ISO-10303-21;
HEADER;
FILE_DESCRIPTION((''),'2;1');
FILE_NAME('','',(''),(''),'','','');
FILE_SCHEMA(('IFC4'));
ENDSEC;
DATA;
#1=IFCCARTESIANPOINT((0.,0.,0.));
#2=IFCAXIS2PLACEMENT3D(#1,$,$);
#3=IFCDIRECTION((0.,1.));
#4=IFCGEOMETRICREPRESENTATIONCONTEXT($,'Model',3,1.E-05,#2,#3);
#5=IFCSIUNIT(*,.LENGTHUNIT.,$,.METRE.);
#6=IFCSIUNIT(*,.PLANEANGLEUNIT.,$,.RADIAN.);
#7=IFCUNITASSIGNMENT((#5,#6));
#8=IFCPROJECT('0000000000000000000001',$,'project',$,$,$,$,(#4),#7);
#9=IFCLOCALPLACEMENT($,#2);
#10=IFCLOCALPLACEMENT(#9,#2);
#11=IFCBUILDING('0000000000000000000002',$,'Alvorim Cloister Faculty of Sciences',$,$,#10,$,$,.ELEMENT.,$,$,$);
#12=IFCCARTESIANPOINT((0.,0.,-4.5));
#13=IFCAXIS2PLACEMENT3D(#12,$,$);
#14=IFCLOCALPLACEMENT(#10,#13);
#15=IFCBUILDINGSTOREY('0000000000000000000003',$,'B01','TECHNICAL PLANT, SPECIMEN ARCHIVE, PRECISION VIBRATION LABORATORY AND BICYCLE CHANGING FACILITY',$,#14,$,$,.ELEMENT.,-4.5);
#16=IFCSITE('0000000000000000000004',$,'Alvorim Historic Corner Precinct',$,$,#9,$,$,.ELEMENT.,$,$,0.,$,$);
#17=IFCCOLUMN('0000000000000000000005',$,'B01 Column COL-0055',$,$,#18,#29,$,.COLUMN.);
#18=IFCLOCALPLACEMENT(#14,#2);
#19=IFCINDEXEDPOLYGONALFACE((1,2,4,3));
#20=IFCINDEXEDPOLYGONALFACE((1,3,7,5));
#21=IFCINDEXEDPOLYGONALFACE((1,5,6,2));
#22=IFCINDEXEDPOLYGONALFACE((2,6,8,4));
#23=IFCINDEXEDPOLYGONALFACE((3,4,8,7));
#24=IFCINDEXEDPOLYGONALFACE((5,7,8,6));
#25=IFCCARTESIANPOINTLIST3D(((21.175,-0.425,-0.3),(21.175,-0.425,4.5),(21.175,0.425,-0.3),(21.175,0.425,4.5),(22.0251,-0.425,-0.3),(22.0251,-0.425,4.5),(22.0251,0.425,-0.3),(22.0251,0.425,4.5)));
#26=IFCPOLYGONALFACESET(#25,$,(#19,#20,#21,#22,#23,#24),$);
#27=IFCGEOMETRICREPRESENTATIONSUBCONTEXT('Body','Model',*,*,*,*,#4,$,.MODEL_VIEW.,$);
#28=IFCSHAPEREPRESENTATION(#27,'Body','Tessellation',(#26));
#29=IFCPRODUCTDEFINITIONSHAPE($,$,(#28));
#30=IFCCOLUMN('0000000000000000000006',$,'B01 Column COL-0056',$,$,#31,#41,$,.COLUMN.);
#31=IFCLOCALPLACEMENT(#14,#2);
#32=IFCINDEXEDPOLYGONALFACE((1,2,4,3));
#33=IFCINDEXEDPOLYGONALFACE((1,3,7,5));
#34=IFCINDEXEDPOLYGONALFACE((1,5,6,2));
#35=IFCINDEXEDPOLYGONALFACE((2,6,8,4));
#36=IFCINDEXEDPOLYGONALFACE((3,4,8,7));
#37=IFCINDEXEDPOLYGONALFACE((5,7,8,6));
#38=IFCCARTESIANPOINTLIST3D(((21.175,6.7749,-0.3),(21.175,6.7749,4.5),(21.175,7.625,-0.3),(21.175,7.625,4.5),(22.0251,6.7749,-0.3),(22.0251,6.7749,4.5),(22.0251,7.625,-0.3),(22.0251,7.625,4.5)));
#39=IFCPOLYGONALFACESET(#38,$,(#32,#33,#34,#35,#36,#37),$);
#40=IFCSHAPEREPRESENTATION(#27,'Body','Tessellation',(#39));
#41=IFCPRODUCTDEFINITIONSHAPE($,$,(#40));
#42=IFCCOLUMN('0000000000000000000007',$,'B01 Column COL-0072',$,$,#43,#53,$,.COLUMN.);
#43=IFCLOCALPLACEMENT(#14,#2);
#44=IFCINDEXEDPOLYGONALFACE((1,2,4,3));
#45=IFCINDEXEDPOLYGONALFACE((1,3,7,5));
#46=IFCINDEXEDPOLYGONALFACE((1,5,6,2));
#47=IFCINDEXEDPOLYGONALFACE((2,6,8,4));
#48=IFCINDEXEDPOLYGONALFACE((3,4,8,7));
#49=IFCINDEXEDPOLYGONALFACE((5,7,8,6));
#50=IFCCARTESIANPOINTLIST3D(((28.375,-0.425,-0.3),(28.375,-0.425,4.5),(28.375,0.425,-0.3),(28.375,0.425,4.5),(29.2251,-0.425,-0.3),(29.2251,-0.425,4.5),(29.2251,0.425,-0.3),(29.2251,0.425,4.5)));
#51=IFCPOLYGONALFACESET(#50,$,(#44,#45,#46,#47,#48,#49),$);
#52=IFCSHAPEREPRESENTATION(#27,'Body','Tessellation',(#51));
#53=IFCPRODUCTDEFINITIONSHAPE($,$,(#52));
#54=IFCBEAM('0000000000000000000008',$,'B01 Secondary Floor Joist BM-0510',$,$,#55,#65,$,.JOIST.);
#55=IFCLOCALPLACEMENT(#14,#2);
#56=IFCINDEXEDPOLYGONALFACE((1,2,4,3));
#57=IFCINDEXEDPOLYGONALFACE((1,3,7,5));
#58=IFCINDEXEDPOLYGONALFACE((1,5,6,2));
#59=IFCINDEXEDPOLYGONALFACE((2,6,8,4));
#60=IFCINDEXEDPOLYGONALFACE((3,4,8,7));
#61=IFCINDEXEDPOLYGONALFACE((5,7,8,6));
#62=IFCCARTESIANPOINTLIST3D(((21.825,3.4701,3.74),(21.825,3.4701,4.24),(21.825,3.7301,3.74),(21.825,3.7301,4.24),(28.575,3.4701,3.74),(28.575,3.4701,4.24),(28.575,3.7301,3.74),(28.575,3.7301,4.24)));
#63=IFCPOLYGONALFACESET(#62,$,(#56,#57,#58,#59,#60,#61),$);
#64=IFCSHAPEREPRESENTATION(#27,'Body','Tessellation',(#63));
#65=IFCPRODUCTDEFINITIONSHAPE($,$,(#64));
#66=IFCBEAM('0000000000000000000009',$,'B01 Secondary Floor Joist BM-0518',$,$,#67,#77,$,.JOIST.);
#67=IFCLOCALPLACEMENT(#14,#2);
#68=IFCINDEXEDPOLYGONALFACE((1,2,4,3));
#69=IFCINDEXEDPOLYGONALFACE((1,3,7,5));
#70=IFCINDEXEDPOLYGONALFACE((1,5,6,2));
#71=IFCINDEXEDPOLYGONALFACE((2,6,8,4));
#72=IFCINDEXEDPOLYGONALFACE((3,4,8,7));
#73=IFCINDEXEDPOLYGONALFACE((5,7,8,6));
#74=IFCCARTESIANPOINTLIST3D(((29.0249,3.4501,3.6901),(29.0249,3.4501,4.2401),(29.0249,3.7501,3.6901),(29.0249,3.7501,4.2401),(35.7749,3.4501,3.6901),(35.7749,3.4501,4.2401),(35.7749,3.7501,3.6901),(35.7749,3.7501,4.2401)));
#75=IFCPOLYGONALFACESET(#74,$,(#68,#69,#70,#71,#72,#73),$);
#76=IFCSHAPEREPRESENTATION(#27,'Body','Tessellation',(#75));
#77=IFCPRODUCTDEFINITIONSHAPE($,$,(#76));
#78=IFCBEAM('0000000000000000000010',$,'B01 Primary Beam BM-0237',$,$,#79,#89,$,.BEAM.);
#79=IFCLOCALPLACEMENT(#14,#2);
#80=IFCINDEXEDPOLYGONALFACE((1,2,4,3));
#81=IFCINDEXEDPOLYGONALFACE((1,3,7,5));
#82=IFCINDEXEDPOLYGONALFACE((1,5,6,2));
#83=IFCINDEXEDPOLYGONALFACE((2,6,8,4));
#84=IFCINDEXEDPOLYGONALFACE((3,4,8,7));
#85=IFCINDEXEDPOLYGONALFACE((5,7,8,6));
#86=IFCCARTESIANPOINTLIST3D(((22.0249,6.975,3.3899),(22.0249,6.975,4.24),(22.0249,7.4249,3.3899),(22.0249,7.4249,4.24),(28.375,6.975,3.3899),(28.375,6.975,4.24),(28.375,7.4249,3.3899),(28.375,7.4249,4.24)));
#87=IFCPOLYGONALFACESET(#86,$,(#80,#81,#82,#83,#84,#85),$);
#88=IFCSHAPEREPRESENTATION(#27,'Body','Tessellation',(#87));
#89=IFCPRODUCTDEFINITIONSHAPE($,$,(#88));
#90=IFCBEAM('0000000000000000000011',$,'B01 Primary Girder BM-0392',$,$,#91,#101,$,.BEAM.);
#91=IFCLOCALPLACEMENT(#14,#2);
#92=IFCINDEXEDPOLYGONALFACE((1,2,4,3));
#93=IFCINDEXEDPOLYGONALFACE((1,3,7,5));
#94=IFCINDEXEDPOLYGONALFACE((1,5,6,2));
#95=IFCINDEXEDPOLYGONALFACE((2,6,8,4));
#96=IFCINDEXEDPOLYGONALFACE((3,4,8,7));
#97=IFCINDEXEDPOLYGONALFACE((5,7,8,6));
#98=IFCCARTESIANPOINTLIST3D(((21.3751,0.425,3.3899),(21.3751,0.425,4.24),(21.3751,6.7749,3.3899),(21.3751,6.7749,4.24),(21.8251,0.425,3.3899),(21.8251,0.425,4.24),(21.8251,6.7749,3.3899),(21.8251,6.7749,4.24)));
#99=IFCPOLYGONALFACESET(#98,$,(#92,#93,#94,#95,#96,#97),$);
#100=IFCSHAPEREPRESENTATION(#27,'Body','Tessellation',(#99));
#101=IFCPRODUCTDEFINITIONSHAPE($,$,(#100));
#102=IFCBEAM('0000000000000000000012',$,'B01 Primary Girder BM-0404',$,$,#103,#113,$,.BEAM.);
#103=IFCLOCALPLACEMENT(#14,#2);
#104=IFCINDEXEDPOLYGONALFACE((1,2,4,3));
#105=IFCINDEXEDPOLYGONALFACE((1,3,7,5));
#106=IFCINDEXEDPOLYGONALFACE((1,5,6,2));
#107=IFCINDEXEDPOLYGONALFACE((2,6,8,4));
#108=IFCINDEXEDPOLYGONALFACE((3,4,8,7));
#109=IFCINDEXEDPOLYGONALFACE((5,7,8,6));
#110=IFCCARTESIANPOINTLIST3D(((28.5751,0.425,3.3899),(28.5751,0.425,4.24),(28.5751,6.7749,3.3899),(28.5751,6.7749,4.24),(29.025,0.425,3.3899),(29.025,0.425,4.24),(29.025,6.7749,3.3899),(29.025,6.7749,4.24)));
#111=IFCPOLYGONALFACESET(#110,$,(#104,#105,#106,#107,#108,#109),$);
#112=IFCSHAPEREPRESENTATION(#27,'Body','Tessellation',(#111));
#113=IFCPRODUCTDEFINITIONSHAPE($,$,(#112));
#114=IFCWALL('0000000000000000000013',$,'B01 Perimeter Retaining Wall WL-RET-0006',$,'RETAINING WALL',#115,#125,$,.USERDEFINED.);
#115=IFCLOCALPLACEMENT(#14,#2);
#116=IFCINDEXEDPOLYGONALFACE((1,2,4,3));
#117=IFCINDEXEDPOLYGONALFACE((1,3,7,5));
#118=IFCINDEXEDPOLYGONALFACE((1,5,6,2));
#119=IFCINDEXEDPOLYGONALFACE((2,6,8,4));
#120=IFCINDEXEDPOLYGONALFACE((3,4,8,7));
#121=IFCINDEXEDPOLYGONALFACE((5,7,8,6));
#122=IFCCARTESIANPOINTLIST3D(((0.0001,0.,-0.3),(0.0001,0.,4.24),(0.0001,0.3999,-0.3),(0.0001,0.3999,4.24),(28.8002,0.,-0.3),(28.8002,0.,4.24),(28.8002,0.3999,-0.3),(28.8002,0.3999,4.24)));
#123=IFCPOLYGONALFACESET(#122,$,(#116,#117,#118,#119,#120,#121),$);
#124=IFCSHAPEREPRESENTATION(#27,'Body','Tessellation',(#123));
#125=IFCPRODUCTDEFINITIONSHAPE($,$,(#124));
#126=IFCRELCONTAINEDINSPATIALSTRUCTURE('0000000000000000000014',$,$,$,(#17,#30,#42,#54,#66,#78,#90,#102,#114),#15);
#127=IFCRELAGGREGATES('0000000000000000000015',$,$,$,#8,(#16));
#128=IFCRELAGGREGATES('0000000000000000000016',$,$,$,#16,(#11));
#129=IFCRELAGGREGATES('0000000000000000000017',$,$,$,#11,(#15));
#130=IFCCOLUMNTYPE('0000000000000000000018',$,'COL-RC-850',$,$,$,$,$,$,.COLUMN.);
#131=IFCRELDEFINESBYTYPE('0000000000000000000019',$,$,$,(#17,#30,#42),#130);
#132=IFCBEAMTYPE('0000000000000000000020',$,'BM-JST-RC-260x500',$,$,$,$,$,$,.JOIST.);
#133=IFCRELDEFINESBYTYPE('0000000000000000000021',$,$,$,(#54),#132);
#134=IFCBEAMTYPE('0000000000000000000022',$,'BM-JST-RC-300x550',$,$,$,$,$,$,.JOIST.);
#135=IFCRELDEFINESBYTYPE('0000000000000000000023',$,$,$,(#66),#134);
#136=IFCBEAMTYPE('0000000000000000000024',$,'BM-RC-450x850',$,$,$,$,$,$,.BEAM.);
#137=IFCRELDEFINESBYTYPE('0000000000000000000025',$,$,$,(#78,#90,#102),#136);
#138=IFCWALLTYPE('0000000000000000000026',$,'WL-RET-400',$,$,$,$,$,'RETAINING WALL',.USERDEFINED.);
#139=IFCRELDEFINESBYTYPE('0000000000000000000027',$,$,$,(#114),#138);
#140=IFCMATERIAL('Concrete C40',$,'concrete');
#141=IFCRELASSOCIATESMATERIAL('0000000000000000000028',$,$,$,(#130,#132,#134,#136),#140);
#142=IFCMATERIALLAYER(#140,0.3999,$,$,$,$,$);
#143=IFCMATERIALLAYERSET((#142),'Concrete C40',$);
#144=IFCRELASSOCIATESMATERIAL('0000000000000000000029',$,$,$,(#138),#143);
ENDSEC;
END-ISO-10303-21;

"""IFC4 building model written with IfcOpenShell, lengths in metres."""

from ifc_helpers import new_model, si_unit, direction, frame, frame_2d, origin, origin_2d, place, context, subcontext, project, spatial, rectangle, extrude, material, layer, layer_set, material_profile, profile_set, type_object, element, save


model = new_model("IFC4")

# Units and contexts
model_context = context("Model", 3, precision=1e-05, world=origin(), true_north=direction((0.0, 1.0)))
body_context = subcontext(model_context, "Body", "Model", "MODEL_VIEW")
ifc_project = project(units=[si_unit("LENGTHUNIT", "METRE"), si_unit("PLANEANGLEUNIT", "RADIAN")], contexts=[model_context])

# Site, building, storey
site_placement = place(None, origin())
site = spatial("IfcSite", under=ifc_project, at=site_placement, Name="Alvorim Historic Corner Precinct", CompositionType="ELEMENT", RefElevation=0.0)
building_placement = place(site_placement, origin())
building = spatial("IfcBuilding", under=site, at=building_placement, Name="Alvorim Cloister Faculty of Sciences", CompositionType="ELEMENT")
storey_placement = place(building_placement, frame((0.0, 0.0, -4.5)))
storey = spatial("IfcBuildingStorey", under=building, at=storey_placement, Name="B01", Description="TECHNICAL PLANT, SPECIMEN ARCHIVE, PRECISION VIBRATION LABORATORY AND BICYCLE CHANGING FACILITY", CompositionType="ELEMENT", Elevation=-4.5)

# Shared definitions
ifc_material_1 = material(Name="Concrete C40", Category="concrete")

# Columns
ifc_material_profile_1 = material_profile(ifc_material_1, rectangle(XDim=0.8501, YDim=0.8501, at=origin_2d()), Name="RC40-COL-850x850")
ifc_profile_set_1 = profile_set([ifc_material_profile_1], Name="Concrete C40")
column_type = type_object("IfcColumnType", Name="COL-RC-850", PredefinedType="COLUMN", material=ifc_profile_set_1)
for number, where, z_axis, x_axis, name in (
    (1, (21.6001, 0.0, -0.3), (0.0, 0.0, 1.0), (1.0, 0.0, 0.0), "B01 Column COL-0055"),
    (2, (21.6001, 7.2, -0.3), (0.0, 0.0, 1.0), (1.0, 0.0, 0.0), "B01 Column COL-0056"),
    (3, (28.8, 0.0, -0.3), (0.0, 0.0, 1.0), (1.0, 0.0, 0.0), "B01 Column COL-0072"),
):
    element("IfcColumn", number, at=place(storey_placement, frame(where, z_axis=z_axis, x_axis=x_axis)), inside=storey, type_object=column_type, Name=name, PredefinedType="COLUMN", context=body_context, shape_type="SweptSolid", body=[
        extrude(rectangle(XDim=0.8501, YDim=0.8501, at=origin_2d()), origin(), (0.0, 0.0, 1.0), 4.8),
    ])

# Beams
ifc_material_profile_2 = material_profile(ifc_material_1, rectangle(XDim=0.26, YDim=0.5, at=origin_2d()), Name="RC40-JST-260x500")
ifc_profile_set_2 = profile_set([ifc_material_profile_2], Name="Concrete C40")
beam_type_1 = type_object("IfcBeamType", Name="BM-JST-RC-260x500", PredefinedType="JOIST", material=ifc_profile_set_2)
beam_1_placement = place(storey_placement, frame((21.825, 3.6001, 3.99), z_axis=(1.0, 0.0, 0.0), x_axis=(0.0, 1.0, 0.0)))
element("IfcBeam", 4, at=beam_1_placement, inside=storey, type_object=beam_type_1, Name="B01 Secondary Floor Joist BM-0510", PredefinedType="JOIST", context=body_context, shape_type="SweptSolid", body=[
    extrude(rectangle(XDim=0.26, YDim=0.5, at=origin_2d()), origin(), (0.0, 0.0, 1.0), 6.75),
])
ifc_material_profile_3 = material_profile(ifc_material_1, rectangle(XDim=0.3, YDim=0.55, at=origin_2d()), Name="RC40-JST-300x550")
ifc_profile_set_3 = profile_set([ifc_material_profile_3], Name="Concrete C40")
beam_type_2 = type_object("IfcBeamType", Name="BM-JST-RC-300x550", PredefinedType="JOIST", material=ifc_profile_set_3)
beam_2_placement = place(storey_placement, frame((29.0249, 3.6001, 3.9651), z_axis=(1.0, 0.0, 0.0), x_axis=(0.0, 1.0, 0.0)))
element("IfcBeam", 5, at=beam_2_placement, inside=storey, type_object=beam_type_2, Name="B01 Secondary Floor Joist BM-0518", PredefinedType="JOIST", context=body_context, shape_type="SweptSolid", body=[
    extrude(rectangle(XDim=0.3, YDim=0.55, at=origin_2d()), origin(), (0.0, 0.0, 1.0), 6.75),
])
ifc_material_profile_4 = material_profile(ifc_material_1, rectangle(XDim=0.45, YDim=0.8501, at=origin_2d()), Name="RC40-BM-450x850")
ifc_profile_set_4 = profile_set([ifc_material_profile_4], Name="Concrete C40")
beam_type_3 = type_object("IfcBeamType", Name="BM-RC-450x850", PredefinedType="BEAM", material=ifc_profile_set_4)
beam_3_placement = place(storey_placement, frame((22.0249, 7.2, 3.8149), z_axis=(1.0, 0.0, 0.0), x_axis=(0.0, 1.0, 0.0)))
element("IfcBeam", 6, at=beam_3_placement, inside=storey, type_object=beam_type_3, Name="B01 Primary Beam BM-0237", PredefinedType="BEAM", context=body_context, shape_type="SweptSolid", body=[
    extrude(rectangle(XDim=0.45, YDim=0.8501, at=origin_2d()), origin(), (0.0, 0.0, 1.0), 6.3501),
])
for number, where, z_axis, x_axis, name in (
    (7, (21.6001, 0.425, 3.8149), (0.0, 1.0, 0.0), (-1.0, 0.0, 0.0), "B01 Primary Girder BM-0392"),
    (8, (28.8, 0.425, 3.8149), (0.0, 1.0, 0.0), (-1.0, 0.0, 0.0), "B01 Primary Girder BM-0404"),
):
    element("IfcBeam", number, at=place(storey_placement, frame(where, z_axis=z_axis, x_axis=x_axis)), inside=storey, type_object=beam_type_3, Name=name, PredefinedType="BEAM", context=body_context, shape_type="SweptSolid", body=[
        extrude(rectangle(XDim=0.45, YDim=0.8501, at=origin_2d()), origin(), (0.0, 0.0, 1.0), 6.3499),
    ])

# Wall
ifc_layer = layer(ifc_material_1, 0.3999)
ifc_layer_set = layer_set([ifc_layer], Name="Concrete C40")
wall_type = type_object("IfcWallType", Name="WL-RET-400", ElementType="RETAINING WALL", PredefinedType="USERDEFINED", material=ifc_layer_set)
wall_placement = place(storey_placement, frame((28.8, 0.2, -0.3), z_axis=(0.0, 0.0, 1.0), x_axis=(-1.0, 0.0, 0.0)))
element("IfcWall", 9, at=wall_placement, inside=storey, type_object=wall_type, Name="B01 Perimeter Retaining Wall WL-RET-0006", ObjectType="RETAINING WALL", PredefinedType="USERDEFINED", context=body_context, shape_type="SweptSolid", body=[
    extrude(rectangle(XDim=28.8, YDim=0.3999, at=frame_2d((14.3999, 0.0))), origin(), (0.0, 0.0, 1.0), 4.54),
])

save(model, "model.ifc")
